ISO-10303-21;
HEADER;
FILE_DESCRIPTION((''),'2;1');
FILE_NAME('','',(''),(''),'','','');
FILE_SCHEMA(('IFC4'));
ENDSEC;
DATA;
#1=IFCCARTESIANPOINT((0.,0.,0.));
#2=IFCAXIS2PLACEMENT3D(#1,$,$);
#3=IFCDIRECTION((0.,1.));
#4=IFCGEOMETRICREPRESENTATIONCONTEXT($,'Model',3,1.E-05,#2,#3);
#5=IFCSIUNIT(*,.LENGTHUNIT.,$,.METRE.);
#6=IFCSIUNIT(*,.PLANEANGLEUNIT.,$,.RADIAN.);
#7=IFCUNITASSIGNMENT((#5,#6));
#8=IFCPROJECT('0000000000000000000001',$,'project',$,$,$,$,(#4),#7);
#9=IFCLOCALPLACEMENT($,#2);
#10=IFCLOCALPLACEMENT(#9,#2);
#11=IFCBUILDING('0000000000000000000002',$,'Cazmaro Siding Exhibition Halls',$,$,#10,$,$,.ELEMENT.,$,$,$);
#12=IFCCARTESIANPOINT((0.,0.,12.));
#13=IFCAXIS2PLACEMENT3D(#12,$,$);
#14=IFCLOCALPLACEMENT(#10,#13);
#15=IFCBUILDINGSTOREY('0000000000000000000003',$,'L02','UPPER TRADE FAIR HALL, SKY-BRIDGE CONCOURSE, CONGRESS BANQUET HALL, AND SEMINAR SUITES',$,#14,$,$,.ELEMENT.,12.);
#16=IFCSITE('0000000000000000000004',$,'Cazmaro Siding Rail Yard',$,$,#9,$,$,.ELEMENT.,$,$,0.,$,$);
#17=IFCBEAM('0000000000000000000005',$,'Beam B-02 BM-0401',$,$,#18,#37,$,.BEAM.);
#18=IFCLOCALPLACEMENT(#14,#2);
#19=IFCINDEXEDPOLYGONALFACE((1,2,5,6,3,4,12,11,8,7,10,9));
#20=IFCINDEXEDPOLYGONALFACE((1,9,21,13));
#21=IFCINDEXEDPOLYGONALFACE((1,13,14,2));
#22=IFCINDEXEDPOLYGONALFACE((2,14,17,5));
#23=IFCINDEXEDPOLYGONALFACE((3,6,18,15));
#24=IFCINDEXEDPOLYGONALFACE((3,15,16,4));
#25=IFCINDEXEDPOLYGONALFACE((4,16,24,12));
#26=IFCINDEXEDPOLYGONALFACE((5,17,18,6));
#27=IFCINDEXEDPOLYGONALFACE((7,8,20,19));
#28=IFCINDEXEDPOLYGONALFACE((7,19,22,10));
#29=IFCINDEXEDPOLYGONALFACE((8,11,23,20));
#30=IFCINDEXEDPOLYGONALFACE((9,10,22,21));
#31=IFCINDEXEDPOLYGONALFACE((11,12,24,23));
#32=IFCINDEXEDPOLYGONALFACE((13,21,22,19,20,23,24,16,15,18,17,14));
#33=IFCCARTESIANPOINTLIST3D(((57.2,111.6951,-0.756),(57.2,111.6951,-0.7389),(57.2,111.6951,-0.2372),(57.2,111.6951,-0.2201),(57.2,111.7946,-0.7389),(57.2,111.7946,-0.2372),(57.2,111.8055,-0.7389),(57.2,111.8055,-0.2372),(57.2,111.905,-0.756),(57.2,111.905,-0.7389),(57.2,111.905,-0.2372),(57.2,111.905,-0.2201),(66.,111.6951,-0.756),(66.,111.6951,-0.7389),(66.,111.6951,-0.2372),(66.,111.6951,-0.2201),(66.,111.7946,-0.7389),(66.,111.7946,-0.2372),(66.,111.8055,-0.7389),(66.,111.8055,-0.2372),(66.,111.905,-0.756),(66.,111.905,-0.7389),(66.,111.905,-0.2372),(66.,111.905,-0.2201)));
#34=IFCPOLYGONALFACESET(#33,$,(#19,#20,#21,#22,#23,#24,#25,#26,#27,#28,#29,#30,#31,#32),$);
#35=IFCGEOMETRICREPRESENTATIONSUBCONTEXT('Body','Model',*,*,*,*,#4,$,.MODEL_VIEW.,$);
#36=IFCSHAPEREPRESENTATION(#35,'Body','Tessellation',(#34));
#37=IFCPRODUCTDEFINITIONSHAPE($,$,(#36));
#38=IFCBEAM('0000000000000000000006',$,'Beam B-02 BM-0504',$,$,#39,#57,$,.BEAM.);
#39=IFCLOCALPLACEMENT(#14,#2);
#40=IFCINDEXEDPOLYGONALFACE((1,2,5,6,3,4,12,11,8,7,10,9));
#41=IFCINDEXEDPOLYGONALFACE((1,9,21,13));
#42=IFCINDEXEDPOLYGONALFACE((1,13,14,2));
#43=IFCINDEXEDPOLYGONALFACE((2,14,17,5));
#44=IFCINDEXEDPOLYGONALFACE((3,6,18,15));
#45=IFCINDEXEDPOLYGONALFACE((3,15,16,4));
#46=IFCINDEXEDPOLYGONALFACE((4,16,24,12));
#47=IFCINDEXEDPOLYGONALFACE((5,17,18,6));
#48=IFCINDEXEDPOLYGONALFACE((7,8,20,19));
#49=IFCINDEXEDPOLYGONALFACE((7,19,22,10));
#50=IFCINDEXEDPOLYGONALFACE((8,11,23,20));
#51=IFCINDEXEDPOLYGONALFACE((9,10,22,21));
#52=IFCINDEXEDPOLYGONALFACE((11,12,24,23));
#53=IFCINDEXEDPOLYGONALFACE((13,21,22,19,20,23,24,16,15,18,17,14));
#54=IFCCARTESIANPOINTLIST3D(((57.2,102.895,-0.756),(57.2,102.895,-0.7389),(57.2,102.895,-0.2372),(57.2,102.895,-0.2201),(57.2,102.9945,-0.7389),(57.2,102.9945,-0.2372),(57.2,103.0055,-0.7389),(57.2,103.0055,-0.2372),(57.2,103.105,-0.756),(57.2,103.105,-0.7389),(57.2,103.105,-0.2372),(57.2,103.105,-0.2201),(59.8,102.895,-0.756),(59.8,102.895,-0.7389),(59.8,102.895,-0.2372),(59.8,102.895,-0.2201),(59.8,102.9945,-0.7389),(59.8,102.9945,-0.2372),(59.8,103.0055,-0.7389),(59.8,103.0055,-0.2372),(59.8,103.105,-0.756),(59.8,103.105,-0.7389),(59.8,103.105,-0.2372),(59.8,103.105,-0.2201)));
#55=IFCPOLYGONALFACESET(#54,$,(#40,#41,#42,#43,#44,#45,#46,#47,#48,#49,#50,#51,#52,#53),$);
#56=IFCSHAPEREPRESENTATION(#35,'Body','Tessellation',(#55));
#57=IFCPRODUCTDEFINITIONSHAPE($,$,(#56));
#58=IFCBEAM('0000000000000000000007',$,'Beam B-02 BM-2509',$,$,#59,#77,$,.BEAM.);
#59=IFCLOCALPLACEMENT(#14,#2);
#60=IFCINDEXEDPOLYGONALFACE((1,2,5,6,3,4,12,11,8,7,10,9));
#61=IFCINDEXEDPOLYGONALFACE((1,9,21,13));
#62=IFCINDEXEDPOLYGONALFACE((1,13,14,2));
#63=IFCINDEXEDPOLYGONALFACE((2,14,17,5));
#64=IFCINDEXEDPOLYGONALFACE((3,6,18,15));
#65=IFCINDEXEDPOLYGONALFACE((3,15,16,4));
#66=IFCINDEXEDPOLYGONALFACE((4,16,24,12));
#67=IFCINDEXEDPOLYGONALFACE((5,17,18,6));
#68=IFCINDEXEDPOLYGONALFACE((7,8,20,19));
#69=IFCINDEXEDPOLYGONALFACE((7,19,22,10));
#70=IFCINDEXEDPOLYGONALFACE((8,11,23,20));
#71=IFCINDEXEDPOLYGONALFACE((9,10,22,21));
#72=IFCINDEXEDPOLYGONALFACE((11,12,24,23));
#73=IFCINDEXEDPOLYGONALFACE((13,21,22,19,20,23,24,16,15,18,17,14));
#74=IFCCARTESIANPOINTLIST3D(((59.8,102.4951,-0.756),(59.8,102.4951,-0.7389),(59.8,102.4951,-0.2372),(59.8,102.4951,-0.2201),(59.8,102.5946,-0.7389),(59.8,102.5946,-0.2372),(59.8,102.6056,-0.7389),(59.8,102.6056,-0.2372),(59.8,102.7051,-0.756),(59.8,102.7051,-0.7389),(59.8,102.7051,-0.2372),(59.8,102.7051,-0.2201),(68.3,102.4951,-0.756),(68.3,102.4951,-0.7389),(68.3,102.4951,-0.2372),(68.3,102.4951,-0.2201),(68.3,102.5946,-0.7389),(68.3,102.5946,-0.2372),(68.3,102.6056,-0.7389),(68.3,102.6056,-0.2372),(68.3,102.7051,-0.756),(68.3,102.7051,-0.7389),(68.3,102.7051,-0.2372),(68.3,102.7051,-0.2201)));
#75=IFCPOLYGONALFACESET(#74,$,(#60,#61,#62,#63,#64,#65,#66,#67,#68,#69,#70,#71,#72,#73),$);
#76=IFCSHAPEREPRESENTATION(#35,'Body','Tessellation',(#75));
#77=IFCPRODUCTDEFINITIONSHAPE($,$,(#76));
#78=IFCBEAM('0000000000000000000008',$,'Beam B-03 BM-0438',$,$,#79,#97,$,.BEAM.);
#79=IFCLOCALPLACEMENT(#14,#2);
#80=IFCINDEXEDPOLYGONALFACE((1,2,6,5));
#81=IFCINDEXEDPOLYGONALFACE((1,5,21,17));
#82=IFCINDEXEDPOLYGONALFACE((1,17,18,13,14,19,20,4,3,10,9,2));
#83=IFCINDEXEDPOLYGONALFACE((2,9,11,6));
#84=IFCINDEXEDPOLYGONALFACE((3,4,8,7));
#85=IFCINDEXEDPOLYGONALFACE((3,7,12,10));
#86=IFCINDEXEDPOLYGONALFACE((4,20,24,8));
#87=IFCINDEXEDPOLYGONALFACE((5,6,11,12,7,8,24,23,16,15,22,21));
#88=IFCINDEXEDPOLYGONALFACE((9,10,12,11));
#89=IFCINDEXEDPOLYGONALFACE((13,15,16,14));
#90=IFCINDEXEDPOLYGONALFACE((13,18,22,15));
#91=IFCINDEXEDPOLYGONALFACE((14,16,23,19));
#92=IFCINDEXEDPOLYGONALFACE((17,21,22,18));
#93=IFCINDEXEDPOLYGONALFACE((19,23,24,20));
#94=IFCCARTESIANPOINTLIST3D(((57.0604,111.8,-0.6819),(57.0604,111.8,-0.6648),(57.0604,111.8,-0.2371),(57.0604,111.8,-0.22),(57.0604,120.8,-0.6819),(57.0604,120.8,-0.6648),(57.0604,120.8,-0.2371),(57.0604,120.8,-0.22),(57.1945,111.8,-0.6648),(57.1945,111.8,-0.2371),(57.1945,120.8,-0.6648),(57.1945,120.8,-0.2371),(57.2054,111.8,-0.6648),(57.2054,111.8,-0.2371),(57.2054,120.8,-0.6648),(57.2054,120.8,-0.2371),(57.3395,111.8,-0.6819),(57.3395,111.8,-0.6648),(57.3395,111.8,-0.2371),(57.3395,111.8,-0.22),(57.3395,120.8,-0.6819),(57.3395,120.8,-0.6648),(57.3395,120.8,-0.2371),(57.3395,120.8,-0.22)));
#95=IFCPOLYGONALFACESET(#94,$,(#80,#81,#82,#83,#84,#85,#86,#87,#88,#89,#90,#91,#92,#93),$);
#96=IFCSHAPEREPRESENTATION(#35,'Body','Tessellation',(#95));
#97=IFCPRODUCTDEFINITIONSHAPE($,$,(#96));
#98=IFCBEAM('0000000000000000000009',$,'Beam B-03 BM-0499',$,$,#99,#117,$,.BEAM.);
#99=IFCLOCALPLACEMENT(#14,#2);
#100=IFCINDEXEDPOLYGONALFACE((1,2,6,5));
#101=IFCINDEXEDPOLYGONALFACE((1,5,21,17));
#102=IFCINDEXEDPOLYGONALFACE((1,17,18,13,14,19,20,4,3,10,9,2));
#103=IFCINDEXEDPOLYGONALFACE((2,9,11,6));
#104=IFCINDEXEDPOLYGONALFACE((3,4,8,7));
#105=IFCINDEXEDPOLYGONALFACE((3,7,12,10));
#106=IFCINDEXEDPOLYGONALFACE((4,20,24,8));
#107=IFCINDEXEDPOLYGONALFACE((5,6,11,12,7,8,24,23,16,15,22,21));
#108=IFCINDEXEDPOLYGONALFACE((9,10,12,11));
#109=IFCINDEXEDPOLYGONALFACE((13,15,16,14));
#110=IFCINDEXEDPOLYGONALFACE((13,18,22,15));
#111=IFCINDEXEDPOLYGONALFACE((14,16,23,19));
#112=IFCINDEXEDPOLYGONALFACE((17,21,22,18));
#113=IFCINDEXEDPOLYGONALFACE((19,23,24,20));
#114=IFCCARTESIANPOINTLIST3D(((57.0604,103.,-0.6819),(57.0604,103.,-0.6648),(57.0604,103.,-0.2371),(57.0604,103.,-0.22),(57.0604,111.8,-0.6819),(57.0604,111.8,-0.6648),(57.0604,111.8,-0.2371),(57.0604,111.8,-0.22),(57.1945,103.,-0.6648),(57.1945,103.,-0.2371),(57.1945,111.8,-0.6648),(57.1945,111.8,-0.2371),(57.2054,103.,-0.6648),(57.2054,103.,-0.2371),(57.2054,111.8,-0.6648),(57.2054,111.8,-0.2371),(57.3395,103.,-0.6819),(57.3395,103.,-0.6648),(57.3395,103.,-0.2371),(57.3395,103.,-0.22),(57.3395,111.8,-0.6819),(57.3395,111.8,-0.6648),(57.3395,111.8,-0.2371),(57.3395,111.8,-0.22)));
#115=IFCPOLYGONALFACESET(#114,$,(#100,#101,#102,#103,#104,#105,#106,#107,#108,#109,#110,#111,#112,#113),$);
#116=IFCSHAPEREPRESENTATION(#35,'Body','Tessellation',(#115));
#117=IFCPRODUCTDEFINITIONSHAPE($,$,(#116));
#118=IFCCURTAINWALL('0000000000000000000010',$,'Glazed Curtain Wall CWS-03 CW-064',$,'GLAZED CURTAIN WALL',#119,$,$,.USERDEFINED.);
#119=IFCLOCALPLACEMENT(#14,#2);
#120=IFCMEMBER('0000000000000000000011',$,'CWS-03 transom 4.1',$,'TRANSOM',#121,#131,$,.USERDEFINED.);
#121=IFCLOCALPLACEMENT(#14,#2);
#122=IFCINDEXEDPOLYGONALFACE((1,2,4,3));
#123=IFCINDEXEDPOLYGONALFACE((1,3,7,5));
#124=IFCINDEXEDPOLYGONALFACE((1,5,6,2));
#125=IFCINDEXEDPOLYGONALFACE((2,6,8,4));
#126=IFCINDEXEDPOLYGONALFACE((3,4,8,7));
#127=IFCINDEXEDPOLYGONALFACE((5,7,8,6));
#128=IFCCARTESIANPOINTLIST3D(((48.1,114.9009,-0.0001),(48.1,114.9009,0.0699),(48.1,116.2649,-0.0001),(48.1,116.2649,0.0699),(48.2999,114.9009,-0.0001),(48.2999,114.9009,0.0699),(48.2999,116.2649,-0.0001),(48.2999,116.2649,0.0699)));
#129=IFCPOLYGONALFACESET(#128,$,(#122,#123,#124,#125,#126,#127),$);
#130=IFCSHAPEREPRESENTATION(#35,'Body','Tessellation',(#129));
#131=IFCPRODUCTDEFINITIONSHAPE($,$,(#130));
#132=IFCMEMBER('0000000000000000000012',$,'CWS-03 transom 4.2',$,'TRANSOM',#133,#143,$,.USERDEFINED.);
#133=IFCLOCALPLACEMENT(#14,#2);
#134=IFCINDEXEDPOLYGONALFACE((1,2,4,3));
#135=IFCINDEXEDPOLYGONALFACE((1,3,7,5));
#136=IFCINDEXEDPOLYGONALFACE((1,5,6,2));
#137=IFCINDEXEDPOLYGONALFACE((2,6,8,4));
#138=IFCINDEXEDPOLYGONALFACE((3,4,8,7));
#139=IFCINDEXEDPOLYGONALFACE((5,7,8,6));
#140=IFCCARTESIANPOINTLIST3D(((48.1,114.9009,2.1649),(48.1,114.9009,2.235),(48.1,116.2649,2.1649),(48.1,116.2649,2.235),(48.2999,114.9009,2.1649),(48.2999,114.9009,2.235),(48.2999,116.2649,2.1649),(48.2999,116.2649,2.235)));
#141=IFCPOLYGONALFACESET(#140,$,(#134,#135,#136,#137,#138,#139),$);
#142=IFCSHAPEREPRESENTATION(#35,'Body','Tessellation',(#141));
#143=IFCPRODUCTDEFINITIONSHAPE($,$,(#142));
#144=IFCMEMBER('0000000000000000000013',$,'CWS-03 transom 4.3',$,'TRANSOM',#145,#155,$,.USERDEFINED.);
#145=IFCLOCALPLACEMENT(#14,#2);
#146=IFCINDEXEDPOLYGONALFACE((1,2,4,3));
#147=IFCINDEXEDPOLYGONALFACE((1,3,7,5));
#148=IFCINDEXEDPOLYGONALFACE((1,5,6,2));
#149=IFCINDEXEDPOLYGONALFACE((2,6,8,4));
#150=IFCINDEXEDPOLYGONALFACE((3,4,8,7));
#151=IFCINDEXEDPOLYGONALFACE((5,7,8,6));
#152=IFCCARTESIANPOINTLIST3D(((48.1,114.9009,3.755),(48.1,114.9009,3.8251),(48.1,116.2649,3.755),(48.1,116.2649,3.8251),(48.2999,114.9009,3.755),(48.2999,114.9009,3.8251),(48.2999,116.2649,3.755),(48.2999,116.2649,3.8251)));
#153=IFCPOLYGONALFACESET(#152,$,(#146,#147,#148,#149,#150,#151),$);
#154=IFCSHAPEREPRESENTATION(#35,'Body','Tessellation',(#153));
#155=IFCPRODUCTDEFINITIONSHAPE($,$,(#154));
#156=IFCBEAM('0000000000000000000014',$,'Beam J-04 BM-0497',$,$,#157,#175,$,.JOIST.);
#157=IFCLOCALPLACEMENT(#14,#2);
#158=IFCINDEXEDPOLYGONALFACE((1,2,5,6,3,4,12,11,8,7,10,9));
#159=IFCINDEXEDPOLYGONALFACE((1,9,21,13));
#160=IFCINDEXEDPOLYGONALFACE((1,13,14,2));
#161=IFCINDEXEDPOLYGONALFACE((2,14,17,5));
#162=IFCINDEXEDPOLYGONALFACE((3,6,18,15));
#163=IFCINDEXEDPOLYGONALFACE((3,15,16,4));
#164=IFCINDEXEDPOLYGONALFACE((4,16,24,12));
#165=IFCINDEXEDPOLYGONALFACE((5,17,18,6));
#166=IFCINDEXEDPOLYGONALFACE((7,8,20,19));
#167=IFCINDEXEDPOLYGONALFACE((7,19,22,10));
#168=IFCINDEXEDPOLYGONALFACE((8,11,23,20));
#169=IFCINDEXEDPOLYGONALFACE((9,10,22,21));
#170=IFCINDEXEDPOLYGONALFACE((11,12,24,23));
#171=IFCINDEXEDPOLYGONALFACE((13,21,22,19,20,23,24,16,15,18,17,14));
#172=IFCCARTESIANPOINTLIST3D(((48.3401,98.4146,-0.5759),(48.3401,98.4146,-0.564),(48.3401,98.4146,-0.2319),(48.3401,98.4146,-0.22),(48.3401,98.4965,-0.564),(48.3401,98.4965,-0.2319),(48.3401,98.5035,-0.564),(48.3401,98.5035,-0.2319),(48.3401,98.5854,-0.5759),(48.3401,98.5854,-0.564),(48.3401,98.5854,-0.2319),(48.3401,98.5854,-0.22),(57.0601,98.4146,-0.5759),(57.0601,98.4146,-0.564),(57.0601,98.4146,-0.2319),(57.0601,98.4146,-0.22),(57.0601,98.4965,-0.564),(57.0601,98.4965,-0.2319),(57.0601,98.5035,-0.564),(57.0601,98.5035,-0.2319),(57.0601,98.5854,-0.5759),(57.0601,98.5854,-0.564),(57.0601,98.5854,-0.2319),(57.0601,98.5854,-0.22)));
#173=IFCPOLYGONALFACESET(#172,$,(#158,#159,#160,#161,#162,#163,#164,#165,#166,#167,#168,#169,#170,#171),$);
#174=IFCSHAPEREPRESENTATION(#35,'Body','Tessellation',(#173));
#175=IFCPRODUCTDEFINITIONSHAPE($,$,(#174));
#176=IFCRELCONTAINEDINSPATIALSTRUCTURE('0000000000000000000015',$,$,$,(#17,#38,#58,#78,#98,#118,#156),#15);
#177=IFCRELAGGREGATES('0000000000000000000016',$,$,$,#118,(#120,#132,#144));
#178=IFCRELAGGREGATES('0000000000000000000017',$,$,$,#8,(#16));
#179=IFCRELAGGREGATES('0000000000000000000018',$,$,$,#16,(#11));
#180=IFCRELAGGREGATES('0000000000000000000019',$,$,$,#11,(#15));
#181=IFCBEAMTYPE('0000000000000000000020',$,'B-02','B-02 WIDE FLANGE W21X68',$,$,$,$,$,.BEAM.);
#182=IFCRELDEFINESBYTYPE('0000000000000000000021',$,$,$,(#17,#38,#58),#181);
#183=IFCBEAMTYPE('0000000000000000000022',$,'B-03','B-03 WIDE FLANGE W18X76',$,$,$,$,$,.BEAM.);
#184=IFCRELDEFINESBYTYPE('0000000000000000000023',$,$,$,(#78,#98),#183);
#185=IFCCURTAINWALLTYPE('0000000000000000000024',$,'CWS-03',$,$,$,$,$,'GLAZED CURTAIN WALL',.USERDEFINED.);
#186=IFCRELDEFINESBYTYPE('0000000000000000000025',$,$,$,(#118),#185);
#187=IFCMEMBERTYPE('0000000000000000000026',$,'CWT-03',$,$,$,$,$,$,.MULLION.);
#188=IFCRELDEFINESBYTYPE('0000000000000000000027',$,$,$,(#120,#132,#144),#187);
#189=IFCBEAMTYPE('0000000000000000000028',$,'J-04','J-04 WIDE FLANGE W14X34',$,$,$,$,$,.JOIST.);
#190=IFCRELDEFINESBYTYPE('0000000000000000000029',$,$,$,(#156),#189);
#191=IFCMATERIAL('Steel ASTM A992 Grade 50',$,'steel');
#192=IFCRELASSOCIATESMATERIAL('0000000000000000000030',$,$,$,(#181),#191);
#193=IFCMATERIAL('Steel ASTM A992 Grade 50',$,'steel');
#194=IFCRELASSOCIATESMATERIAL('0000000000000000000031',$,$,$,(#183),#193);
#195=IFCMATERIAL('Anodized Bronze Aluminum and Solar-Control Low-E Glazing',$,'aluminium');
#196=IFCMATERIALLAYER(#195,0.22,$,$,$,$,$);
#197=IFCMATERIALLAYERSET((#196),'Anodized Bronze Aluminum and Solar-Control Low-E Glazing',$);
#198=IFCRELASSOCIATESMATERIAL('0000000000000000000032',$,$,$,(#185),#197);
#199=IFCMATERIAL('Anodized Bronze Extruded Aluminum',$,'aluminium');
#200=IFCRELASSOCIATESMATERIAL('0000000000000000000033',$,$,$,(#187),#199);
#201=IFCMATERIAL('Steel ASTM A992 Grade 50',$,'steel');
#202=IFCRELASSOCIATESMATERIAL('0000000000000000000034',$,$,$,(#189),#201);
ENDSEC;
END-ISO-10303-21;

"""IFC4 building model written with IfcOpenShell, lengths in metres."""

from ifc_helpers import new_model, si_unit, direction, frame, origin, origin_2d, place, context, subcontext, project, spatial, rectangle, i_section, extrude, material, layer, layer_set, material_profile, profile_set, type_object, element, aggregate, save


model = new_model("IFC4")

# Units and contexts
model_context = context("Model", 3, precision=1e-05, world=origin(), true_north=direction((0.0, 1.0)))
body_context = subcontext(model_context, "Body", "Model", "MODEL_VIEW")
ifc_project = project(units=[si_unit("LENGTHUNIT", "METRE"), si_unit("PLANEANGLEUNIT", "RADIAN")], contexts=[model_context])

# Site, building, storey
site_placement = place(None, origin())
site = spatial("IfcSite", under=ifc_project, at=site_placement, Name="Cazmaro Siding Rail Yard", CompositionType="ELEMENT", RefElevation=0.0)
building_placement = place(site_placement, origin())
building = spatial("IfcBuilding", under=site, at=building_placement, Name="Cazmaro Siding Exhibition Halls", CompositionType="ELEMENT")
storey_placement = place(building_placement, frame((0.0, 0.0, 12.0)))
storey = spatial("IfcBuildingStorey", under=building, at=storey_placement, Name="L02", Description="UPPER TRADE FAIR HALL, SKY-BRIDGE CONCOURSE, CONGRESS BANQUET HALL, AND SEMINAR SUITES", CompositionType="ELEMENT", Elevation=12.0)

# Beams
ifc_material_1 = material(Name="Steel ASTM A992 Grade 50", Category="steel")
ifc_material_profile_1 = material_profile(ifc_material_1, i_section(OverallWidth=0.21, OverallDepth=0.5359, WebThickness=0.011, FlangeThickness=0.0171, at=origin_2d()), Name="W21X68")
ifc_profile_set_1 = profile_set([ifc_material_profile_1], Name="Steel ASTM A992 Grade 50")
beam_type_1 = type_object("IfcBeamType", Name="B-02", Description="B-02 WIDE FLANGE W21X68", PredefinedType="BEAM", material=ifc_profile_set_1)
beam_1_placement = place(storey_placement, frame((57.2, 111.8, -0.488), z_axis=(1.0, 0.0, 0.0), x_axis=(0.0, 1.0, 0.0)))
element("IfcBeam", 1, at=beam_1_placement, inside=storey, type_object=beam_type_1, Name="Beam B-02 BM-0401", PredefinedType="BEAM", context=body_context, shape_type="SweptSolid", body=[
    extrude(i_section(OverallWidth=0.21, OverallDepth=0.5359, WebThickness=0.011, FlangeThickness=0.0171, at=origin_2d()), origin(), (0.0, 0.0, 1.0), 8.8),
])
beam_2_placement = place(storey_placement, frame((57.2, 103.0, -0.488), z_axis=(1.0, 0.0, 0.0), x_axis=(0.0, 1.0, 0.0)))
element("IfcBeam", 2, at=beam_2_placement, inside=storey, type_object=beam_type_1, Name="Beam B-02 BM-0504", PredefinedType="BEAM", context=body_context, shape_type="SweptSolid", body=[
    extrude(i_section(OverallWidth=0.21, OverallDepth=0.5359, WebThickness=0.011, FlangeThickness=0.0171, at=origin_2d()), origin(), (0.0, 0.0, 1.0), 2.6001),
])
beam_3_placement = place(storey_placement, frame((59.8, 102.6001, -0.488), z_axis=(1.0, 0.0, 0.0), x_axis=(0.0, 1.0, 0.0)))
element("IfcBeam", 3, at=beam_3_placement, inside=storey, type_object=beam_type_1, Name="Beam B-02 BM-2509", PredefinedType="BEAM", context=body_context, shape_type="SweptSolid", body=[
    extrude(i_section(OverallWidth=0.21, OverallDepth=0.5359, WebThickness=0.011, FlangeThickness=0.0171, at=origin_2d()), origin(), (0.0, 0.0, 1.0), 8.5),
])
ifc_material_2 = material(Name="Steel ASTM A992 Grade 50", Category="steel")
ifc_material_profile_2 = material_profile(ifc_material_2, i_section(OverallWidth=0.2791, OverallDepth=0.4619, WebThickness=0.011, FlangeThickness=0.0171, at=origin_2d()), Name="W18X76")
ifc_profile_set_2 = profile_set([ifc_material_profile_2], Name="Steel ASTM A992 Grade 50")
beam_type_2 = type_object("IfcBeamType", Name="B-03", Description="B-03 WIDE FLANGE W18X76", PredefinedType="BEAM", material=ifc_profile_set_2)
beam_4_placement = place(storey_placement, frame((57.2, 111.8, -0.4509), z_axis=(0.0, 1.0, 0.0), x_axis=(-1.0, 0.0, 0.0)))
element("IfcBeam", 4, at=beam_4_placement, inside=storey, type_object=beam_type_2, Name="Beam B-03 BM-0438", PredefinedType="BEAM", context=body_context, shape_type="SweptSolid", body=[
    extrude(i_section(OverallWidth=0.2791, OverallDepth=0.4619, WebThickness=0.011, FlangeThickness=0.0171, at=origin_2d()), origin(), (0.0, 0.0, 1.0), 9.0),
])
beam_5_placement = place(storey_placement, frame((57.2, 103.0, -0.4509), z_axis=(0.0, 1.0, 0.0), x_axis=(-1.0, 0.0, 0.0)))
element("IfcBeam", 5, at=beam_5_placement, inside=storey, type_object=beam_type_2, Name="Beam B-03 BM-0499", PredefinedType="BEAM", context=body_context, shape_type="SweptSolid", body=[
    extrude(i_section(OverallWidth=0.2791, OverallDepth=0.4619, WebThickness=0.011, FlangeThickness=0.0171, at=origin_2d()), origin(), (0.0, 0.0, 1.0), 8.8),
])

# Curtain wall, members
ifc_material_3 = material(Name="Anodized Bronze Aluminum and Solar-Control Low-E Glazing", Category="aluminium")
ifc_layer_1 = layer(ifc_material_3, 0.22)
ifc_layer_set_1 = layer_set([ifc_layer_1], Name="Anodized Bronze Aluminum and Solar-Control Low-E Glazing")
curtain_wall_type = type_object("IfcCurtainWallType", Name="CWS-03", ElementType="GLAZED CURTAIN WALL", PredefinedType="USERDEFINED", material=ifc_layer_set_1)
curtain_wall_placement = place(storey_placement, origin())
curtain_wall = element("IfcCurtainWall", 6, at=curtain_wall_placement, inside=storey, type_object=curtain_wall_type, Name="Glazed Curtain Wall CWS-03 CW-064", ObjectType="GLAZED CURTAIN WALL", PredefinedType="USERDEFINED")
ifc_material_4 = material(Name="Anodized Bronze Extruded Aluminum", Category="aluminium")
ifc_material_profile_3 = material_profile(ifc_material_4, rectangle(XDim=0.2, YDim=0.0701, at=origin_2d()), Name="CWT-03")
ifc_profile_set_3 = profile_set([ifc_material_profile_3], Name="Anodized Bronze Extruded Aluminum")
member_type_1 = type_object("IfcMemberType", Name="CWT-03", PredefinedType="MULLION", material=ifc_profile_set_3)
member_1_placement = place(storey_placement, frame((48.2, 116.2649, 0.0349), z_axis=(0.0, -1.0, 0.0), x_axis=(1.0, 0.0, 0.0)))
member_1 = element("IfcMember", 7, at=member_1_placement, type_object=member_type_1, Name="CWS-03 transom 4.1", ObjectType="TRANSOM", PredefinedType="USERDEFINED", context=body_context, shape_type="SweptSolid", body=[
    extrude(rectangle(XDim=0.2, YDim=0.0701, at=origin_2d()), origin(), (0.0, 0.0, 1.0), 1.364),
])
member_2_placement = place(storey_placement, frame((48.2, 116.2649, 2.2), z_axis=(0.0, -1.0, 0.0), x_axis=(1.0, 0.0, 0.0)))
member_2 = element("IfcMember", 8, at=member_2_placement, type_object=member_type_1, Name="CWS-03 transom 4.2", ObjectType="TRANSOM", PredefinedType="USERDEFINED", context=body_context, shape_type="SweptSolid", body=[
    extrude(rectangle(XDim=0.2, YDim=0.0701, at=origin_2d()), origin(), (0.0, 0.0, 1.0), 1.364),
])
member_3_placement = place(storey_placement, frame((48.2, 116.2649, 3.79), z_axis=(0.0, -1.0, 0.0), x_axis=(1.0, 0.0, 0.0)))
member_3 = element("IfcMember", 9, at=member_3_placement, type_object=member_type_1, Name="CWS-03 transom 4.3", ObjectType="TRANSOM", PredefinedType="USERDEFINED", context=body_context, shape_type="SweptSolid", body=[
    extrude(rectangle(XDim=0.2, YDim=0.0701, at=origin_2d()), origin(), (0.0, 0.0, 1.0), 1.364),
])

# Beam
ifc_material_5 = material(Name="Steel ASTM A992 Grade 50", Category="steel")
ifc_material_profile_4 = material_profile(ifc_material_5, i_section(OverallWidth=0.1709, OverallDepth=0.356, WebThickness=0.0071, FlangeThickness=0.012, at=origin_2d()), Name="W14X34")
ifc_profile_set_4 = profile_set([ifc_material_profile_4], Name="Steel ASTM A992 Grade 50")
beam_type_3 = type_object("IfcBeamType", Name="J-04", Description="J-04 WIDE FLANGE W14X34", PredefinedType="JOIST", material=ifc_profile_set_4)
for number, where, z_axis, x_axis, name in (
    (10, (48.3401, 98.5, -0.3979), (1.0, 0.0, 0.0), (0.0, 1.0, 0.0), "Beam J-04 BM-0497"),
):
    element("IfcBeam", number, at=place(storey_placement, frame(where, z_axis=z_axis, x_axis=x_axis)), inside=storey, type_object=beam_type_3, Name=name, PredefinedType="JOIST", context=body_context, shape_type="SweptSolid", body=[
        extrude(i_section(OverallWidth=0.1709, OverallDepth=0.356, WebThickness=0.0071, FlangeThickness=0.012, at=origin_2d()), origin(), (0.0, 0.0, 1.0), 8.72),
    ])

aggregate(curtain_wall, [member_1, member_2, member_3])

save(model, "model.ifc")
